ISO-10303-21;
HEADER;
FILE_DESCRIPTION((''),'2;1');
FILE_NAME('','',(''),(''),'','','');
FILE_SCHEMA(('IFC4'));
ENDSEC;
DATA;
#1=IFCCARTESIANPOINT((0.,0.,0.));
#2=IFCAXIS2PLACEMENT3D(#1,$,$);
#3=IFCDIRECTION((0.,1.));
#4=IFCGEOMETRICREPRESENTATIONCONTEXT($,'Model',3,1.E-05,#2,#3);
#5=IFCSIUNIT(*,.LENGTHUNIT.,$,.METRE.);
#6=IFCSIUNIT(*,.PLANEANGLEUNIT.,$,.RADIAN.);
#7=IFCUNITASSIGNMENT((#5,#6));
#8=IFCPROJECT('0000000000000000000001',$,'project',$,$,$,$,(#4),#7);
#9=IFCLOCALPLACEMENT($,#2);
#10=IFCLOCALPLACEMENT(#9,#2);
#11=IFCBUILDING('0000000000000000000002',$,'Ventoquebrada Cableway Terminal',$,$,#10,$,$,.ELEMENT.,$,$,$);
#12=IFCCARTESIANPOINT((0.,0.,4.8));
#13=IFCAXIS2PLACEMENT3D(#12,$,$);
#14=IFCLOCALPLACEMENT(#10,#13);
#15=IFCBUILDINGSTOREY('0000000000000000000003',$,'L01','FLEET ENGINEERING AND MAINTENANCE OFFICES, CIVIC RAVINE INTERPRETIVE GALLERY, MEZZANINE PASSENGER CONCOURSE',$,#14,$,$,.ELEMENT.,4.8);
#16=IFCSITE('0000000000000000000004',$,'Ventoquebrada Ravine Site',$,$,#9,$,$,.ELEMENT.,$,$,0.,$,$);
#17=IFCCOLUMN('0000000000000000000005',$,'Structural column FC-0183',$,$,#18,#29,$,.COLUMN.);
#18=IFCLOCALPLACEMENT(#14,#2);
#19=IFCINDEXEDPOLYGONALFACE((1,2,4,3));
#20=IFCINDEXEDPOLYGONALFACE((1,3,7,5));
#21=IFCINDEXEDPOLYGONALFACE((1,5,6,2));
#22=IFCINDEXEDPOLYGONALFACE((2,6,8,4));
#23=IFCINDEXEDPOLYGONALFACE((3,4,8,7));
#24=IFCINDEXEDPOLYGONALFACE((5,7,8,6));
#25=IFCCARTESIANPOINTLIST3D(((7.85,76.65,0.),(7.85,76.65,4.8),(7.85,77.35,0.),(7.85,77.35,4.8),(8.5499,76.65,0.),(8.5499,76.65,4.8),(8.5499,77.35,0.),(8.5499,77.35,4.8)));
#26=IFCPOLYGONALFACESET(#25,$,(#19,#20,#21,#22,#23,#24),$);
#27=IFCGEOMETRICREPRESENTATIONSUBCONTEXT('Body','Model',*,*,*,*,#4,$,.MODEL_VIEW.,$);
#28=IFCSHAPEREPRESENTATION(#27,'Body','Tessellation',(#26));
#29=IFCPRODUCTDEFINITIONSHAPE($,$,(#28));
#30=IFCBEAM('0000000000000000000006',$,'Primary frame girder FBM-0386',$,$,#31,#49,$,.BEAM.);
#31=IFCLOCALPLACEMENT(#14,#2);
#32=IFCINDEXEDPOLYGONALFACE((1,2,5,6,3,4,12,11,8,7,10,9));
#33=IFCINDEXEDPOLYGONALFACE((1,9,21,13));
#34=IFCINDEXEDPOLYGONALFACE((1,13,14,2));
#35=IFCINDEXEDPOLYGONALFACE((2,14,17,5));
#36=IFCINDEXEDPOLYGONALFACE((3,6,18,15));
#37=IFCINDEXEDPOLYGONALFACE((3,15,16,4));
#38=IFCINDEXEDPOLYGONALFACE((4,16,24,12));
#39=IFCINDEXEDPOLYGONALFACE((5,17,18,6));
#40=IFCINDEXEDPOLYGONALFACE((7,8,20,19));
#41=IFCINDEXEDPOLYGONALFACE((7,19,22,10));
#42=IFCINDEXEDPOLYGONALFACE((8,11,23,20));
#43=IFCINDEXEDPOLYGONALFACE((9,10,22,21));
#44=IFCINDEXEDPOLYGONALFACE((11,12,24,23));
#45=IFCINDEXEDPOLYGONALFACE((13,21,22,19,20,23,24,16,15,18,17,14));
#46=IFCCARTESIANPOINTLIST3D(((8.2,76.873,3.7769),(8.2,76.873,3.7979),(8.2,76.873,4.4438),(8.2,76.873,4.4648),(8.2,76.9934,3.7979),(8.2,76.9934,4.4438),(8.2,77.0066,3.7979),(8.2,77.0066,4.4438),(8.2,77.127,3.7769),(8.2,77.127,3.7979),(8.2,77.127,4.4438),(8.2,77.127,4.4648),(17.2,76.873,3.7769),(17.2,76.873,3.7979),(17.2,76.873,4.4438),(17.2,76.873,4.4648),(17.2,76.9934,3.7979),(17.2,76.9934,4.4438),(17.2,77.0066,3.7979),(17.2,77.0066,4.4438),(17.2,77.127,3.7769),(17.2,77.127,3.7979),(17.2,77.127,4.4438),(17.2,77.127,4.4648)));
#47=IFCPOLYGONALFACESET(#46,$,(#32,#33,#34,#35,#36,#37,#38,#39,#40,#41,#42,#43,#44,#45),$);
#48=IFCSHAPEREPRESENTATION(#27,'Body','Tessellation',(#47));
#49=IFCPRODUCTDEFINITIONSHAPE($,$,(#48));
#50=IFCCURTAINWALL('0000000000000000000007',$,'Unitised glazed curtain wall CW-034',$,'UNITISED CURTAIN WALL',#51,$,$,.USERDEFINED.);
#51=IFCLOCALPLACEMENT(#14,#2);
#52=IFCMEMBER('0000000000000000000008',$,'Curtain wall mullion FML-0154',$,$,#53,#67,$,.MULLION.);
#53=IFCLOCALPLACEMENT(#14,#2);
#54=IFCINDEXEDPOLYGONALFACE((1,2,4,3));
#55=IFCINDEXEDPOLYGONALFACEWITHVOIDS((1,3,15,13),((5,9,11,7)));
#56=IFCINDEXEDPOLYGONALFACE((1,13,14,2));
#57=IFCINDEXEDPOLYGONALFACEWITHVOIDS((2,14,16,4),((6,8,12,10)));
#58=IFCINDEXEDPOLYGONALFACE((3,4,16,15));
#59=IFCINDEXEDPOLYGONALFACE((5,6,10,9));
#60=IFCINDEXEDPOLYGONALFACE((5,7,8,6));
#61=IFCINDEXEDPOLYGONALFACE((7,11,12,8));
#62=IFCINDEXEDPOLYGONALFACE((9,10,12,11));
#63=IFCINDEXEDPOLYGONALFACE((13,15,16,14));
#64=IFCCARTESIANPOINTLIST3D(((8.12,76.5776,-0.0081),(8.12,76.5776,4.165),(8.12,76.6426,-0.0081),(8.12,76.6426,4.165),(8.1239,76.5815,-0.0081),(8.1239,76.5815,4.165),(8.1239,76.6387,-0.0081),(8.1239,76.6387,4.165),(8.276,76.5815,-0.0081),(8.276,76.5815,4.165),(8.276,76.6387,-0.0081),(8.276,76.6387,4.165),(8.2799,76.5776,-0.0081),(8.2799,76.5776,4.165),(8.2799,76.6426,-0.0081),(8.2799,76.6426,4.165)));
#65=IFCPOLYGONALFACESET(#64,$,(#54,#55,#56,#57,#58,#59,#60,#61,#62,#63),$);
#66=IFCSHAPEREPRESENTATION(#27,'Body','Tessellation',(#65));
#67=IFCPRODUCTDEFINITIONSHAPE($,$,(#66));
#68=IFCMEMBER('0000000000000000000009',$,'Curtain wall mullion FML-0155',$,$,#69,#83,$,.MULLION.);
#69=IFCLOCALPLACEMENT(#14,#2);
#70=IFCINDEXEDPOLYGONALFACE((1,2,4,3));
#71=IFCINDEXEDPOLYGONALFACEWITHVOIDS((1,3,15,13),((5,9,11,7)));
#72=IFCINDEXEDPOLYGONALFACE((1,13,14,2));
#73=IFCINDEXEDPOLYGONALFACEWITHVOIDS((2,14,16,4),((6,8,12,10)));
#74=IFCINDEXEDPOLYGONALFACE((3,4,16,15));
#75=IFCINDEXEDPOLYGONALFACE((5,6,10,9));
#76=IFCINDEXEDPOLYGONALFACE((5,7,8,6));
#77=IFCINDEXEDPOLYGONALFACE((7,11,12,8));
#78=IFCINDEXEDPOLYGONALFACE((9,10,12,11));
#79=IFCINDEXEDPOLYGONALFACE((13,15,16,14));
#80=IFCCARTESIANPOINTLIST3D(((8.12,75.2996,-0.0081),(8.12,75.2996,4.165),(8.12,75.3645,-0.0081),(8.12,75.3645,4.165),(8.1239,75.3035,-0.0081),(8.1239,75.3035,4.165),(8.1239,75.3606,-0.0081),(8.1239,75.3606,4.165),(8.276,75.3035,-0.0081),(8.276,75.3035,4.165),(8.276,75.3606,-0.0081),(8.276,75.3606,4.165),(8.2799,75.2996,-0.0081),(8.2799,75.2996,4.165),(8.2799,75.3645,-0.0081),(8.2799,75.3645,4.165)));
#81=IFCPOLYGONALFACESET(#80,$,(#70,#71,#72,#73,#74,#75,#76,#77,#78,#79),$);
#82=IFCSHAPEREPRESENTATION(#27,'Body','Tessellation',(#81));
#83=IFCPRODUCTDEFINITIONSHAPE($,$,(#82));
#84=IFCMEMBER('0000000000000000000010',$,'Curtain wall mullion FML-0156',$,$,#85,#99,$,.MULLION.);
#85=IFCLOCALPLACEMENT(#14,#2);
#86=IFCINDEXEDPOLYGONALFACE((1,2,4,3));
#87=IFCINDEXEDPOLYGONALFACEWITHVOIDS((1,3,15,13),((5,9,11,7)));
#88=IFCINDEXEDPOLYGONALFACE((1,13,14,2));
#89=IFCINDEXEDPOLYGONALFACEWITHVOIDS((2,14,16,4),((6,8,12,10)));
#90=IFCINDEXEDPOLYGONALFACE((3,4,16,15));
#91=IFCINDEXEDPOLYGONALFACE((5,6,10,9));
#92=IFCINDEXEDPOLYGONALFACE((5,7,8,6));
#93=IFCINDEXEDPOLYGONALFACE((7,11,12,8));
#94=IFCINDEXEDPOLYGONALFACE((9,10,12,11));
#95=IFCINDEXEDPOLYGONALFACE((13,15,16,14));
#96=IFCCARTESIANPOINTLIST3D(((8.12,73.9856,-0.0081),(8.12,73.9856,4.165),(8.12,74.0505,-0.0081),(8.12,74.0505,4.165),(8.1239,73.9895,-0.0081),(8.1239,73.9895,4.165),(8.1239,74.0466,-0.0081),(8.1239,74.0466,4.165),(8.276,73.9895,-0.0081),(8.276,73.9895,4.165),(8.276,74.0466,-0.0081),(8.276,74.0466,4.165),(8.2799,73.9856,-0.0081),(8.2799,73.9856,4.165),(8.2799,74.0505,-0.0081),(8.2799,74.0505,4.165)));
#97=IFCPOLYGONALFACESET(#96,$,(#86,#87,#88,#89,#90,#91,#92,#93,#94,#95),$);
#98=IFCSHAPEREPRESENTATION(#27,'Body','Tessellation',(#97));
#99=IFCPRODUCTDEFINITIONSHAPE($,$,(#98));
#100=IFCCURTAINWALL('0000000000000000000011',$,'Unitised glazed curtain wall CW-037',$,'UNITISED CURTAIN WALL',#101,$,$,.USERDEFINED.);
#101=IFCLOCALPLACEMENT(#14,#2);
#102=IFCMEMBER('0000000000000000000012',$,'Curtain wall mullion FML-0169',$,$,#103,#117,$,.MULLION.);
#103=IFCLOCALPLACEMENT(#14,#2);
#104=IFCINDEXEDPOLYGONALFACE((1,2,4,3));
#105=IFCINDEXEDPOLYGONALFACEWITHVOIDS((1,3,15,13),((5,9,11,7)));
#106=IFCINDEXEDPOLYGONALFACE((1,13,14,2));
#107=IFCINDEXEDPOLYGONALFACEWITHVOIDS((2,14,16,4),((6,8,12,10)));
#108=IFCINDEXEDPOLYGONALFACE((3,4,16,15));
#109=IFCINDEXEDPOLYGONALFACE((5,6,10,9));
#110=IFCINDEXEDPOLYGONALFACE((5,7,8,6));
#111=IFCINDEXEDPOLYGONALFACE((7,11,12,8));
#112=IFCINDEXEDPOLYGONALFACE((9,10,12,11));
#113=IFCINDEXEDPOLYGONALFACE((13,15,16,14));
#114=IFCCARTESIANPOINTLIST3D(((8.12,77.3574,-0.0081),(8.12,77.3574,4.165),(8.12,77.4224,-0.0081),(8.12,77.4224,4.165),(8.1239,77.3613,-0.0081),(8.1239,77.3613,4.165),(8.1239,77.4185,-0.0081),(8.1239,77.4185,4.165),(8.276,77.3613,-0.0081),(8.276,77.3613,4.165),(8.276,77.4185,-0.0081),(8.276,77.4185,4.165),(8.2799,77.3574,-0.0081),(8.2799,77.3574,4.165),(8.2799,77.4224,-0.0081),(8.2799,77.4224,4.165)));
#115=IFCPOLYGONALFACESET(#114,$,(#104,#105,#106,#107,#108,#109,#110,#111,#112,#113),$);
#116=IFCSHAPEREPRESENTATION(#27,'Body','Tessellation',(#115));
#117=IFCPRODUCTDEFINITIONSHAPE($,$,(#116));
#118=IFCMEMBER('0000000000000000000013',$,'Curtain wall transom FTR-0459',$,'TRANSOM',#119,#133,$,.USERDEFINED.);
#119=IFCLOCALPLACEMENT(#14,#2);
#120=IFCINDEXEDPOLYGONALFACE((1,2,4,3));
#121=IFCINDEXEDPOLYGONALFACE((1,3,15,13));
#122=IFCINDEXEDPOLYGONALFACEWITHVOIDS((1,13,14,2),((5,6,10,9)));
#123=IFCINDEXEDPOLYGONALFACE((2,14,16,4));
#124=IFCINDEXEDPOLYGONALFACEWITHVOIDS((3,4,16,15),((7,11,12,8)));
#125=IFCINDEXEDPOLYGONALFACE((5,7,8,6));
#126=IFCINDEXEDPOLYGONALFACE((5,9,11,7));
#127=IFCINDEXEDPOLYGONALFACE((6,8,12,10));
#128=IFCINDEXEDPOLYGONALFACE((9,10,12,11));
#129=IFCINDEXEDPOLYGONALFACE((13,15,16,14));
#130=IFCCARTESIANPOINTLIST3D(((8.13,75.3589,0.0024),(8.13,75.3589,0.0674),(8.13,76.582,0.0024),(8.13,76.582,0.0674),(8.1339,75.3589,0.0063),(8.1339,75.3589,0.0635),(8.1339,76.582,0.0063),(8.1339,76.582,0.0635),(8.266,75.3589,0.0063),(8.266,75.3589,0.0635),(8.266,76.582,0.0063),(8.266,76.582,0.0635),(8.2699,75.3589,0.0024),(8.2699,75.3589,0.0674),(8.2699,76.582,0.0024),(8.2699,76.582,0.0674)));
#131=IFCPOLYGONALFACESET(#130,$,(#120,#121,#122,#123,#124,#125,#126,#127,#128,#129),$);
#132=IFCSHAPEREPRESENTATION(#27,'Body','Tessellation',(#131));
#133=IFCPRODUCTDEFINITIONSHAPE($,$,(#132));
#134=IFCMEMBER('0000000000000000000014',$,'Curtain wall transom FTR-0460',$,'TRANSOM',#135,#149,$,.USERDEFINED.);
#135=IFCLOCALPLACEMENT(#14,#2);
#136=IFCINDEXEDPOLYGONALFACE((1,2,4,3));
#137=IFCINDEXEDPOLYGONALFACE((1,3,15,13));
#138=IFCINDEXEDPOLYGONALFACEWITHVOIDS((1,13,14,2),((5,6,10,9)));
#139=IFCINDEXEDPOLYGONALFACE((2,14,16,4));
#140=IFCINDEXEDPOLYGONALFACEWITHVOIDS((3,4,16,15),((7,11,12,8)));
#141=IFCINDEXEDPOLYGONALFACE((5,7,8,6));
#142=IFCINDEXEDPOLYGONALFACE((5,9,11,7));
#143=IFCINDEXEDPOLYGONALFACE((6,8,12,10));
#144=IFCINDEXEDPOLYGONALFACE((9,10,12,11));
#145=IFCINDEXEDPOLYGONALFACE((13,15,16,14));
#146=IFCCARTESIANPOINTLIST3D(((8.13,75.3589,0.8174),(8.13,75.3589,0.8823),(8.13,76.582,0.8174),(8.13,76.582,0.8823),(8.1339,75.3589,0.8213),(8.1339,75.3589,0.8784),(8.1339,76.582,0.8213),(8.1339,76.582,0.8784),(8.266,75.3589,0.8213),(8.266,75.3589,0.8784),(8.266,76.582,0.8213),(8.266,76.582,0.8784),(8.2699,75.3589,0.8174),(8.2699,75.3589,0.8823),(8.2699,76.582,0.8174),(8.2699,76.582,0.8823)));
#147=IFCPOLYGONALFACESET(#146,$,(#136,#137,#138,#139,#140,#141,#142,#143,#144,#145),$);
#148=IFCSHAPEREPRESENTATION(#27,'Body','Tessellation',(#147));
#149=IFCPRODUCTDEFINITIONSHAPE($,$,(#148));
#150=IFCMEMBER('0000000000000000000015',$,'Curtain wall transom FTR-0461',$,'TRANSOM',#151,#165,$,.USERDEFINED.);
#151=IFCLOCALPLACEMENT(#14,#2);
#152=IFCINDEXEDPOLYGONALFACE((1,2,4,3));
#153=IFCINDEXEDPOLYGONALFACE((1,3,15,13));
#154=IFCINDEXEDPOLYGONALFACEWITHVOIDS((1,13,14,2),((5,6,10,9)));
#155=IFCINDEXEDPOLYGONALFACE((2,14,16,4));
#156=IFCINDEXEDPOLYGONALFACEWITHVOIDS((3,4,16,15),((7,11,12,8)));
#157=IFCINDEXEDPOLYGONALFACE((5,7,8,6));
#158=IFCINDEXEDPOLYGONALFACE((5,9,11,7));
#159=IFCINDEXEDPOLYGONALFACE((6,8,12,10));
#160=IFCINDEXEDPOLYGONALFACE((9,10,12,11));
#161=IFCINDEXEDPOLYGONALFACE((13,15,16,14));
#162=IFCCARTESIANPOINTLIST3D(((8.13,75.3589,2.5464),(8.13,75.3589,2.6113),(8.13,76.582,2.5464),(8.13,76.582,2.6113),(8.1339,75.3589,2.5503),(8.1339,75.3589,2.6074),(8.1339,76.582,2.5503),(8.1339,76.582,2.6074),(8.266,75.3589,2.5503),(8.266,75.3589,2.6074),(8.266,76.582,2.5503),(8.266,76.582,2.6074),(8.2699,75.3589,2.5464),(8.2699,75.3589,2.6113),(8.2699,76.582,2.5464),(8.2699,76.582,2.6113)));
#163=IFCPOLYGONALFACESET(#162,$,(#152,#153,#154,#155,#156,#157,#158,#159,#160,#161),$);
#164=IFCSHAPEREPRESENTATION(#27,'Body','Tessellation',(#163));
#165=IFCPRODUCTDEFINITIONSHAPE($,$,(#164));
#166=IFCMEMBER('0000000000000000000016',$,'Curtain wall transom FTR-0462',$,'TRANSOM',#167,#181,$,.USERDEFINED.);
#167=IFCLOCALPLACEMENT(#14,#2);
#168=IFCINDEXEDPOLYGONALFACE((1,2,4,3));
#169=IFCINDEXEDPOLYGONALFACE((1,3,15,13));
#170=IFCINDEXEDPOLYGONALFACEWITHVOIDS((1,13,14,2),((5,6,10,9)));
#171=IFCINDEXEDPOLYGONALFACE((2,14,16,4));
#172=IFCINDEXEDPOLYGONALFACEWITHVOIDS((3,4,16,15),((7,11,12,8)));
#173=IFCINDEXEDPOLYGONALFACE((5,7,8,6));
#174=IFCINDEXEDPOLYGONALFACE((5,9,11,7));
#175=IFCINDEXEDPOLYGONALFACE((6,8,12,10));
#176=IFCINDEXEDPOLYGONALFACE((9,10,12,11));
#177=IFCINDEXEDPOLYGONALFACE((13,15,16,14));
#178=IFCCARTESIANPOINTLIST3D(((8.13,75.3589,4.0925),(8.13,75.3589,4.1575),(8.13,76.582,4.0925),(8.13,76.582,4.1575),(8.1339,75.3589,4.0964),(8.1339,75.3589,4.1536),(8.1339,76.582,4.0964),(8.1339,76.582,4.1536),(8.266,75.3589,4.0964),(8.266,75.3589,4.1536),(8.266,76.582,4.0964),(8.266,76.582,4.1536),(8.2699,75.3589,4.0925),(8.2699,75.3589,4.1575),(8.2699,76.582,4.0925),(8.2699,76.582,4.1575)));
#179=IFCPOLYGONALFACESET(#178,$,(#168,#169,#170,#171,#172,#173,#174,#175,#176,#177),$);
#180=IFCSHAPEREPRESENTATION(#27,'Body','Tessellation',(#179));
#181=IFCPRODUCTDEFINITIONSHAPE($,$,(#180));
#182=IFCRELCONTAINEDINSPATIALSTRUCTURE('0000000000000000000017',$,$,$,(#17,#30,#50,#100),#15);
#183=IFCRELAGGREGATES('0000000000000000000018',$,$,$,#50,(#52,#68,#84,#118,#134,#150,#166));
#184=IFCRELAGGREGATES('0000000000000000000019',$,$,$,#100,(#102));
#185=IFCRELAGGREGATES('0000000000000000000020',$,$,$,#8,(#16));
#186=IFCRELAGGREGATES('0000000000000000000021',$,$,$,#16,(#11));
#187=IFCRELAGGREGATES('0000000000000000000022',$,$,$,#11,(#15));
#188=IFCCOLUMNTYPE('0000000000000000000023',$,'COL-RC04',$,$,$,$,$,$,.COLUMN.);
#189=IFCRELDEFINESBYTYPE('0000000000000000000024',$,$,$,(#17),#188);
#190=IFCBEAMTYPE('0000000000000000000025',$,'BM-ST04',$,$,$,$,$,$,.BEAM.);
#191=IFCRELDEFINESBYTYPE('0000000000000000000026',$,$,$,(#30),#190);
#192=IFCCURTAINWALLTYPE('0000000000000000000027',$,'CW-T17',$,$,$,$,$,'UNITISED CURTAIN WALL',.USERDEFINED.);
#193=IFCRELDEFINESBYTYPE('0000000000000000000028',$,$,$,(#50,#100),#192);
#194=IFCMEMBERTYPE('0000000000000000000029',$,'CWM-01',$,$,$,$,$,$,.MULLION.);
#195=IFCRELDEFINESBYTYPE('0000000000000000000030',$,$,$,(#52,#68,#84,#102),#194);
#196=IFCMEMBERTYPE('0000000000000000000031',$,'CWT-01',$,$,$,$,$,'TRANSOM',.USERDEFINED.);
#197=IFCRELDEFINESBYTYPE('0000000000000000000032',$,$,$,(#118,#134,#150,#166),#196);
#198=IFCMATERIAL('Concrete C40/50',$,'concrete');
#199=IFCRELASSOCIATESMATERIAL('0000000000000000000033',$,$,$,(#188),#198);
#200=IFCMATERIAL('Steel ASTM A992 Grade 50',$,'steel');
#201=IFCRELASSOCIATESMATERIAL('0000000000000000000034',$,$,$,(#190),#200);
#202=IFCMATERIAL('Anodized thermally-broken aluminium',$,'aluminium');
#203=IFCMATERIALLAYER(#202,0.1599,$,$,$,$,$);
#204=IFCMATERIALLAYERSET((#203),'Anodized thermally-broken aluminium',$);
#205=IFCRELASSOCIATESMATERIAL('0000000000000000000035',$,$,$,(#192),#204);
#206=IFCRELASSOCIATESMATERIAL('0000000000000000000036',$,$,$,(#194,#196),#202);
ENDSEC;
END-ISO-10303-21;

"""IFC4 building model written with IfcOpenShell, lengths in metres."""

from ifc_helpers import new_model, si_unit, direction, frame, origin, origin_2d, place, context, subcontext, project, spatial, rectangle, hollow_rectangle, i_section, extrude, material, layer, layer_set, material_profile, profile_set, type_object, element, aggregate, save


model = new_model("IFC4")

# Units and contexts
model_context = context("Model", 3, precision=1e-05, world=origin(), true_north=direction((0.0, 1.0)))
body_context = subcontext(model_context, "Body", "Model", "MODEL_VIEW")
ifc_project = project(units=[si_unit("LENGTHUNIT", "METRE"), si_unit("PLANEANGLEUNIT", "RADIAN")], contexts=[model_context])

# Site, building, storey
site_placement = place(None, origin())
site = spatial("IfcSite", under=ifc_project, at=site_placement, Name="Ventoquebrada Ravine Site", CompositionType="ELEMENT", RefElevation=0.0)
building_placement = place(site_placement, origin())
building = spatial("IfcBuilding", under=site, at=building_placement, Name="Ventoquebrada Cableway Terminal", CompositionType="ELEMENT")
storey_placement = place(building_placement, frame((0.0, 0.0, 4.8)))
storey = spatial("IfcBuildingStorey", under=building, at=storey_placement, Name="L01", Description="FLEET ENGINEERING AND MAINTENANCE OFFICES, CIVIC RAVINE INTERPRETIVE GALLERY, MEZZANINE PASSENGER CONCOURSE", CompositionType="ELEMENT", Elevation=4.8)

# Column
ifc_material_1 = material(Name="Concrete C40/50", Category="concrete")
ifc_material_profile_1 = material_profile(ifc_material_1, rectangle(XDim=0.7, YDim=0.7, at=origin_2d()), Name="RC-COL-700X700")
ifc_profile_set_1 = profile_set([ifc_material_profile_1], Name="Concrete C40/50")
column_type = type_object("IfcColumnType", Name="COL-RC04", PredefinedType="COLUMN", material=ifc_profile_set_1)
column_placement = place(storey_placement, frame((8.2, 77.0, 0.0), z_axis=(0.0, 0.0, 1.0), x_axis=(1.0, 0.0, 0.0)))
element("IfcColumn", 1, at=column_placement, inside=storey, type_object=column_type, Name="Structural column FC-0183", PredefinedType="COLUMN", context=body_context, shape_type="SweptSolid", body=[
    extrude(rectangle(XDim=0.7, YDim=0.7, at=origin_2d()), origin(), (0.0, 0.0, 1.0), 4.8),
])

# Beam
ifc_material_2 = material(Name="Steel ASTM A992 Grade 50", Category="steel")
ifc_material_profile_2 = material_profile(ifc_material_2, i_section(OverallWidth=0.2539, OverallDepth=0.688, WebThickness=0.0132, FlangeThickness=0.021, at=origin_2d()), Name="W27X102")
ifc_profile_set_2 = profile_set([ifc_material_profile_2], Name="Steel ASTM A992 Grade 50")
beam_type_1 = type_object("IfcBeamType", Name="BM-ST04", PredefinedType="BEAM", material=ifc_profile_set_2)
beam_1_placement = place(storey_placement, frame((8.2, 77.0, 4.1208), z_axis=(1.0, 0.0, 0.0), x_axis=(0.0, 1.0, 0.0)))
element("IfcBeam", 2, at=beam_1_placement, inside=storey, type_object=beam_type_1, Name="Primary frame girder FBM-0386", PredefinedType="BEAM", context=body_context, shape_type="SweptSolid", body=[
    extrude(i_section(OverallWidth=0.2539, OverallDepth=0.688, WebThickness=0.0132, FlangeThickness=0.021, at=origin_2d()), origin(), (0.0, 0.0, 1.0), 9.0),
])

# Curtain wall, members
ifc_material_3 = material(Name="Anodized thermally-broken aluminium", Category="aluminium")
ifc_layer_1 = layer(ifc_material_3, 0.1599)
ifc_layer_set_1 = layer_set([ifc_layer_1], Name="Anodized thermally-broken aluminium")
curtain_wall_type = type_object("IfcCurtainWallType", Name="CW-T17", ElementType="UNITISED CURTAIN WALL", PredefinedType="USERDEFINED", material=ifc_layer_set_1)
curtain_wall_1_placement = place(storey_placement, origin())
curtain_wall_1 = element("IfcCurtainWall", 3, at=curtain_wall_1_placement, inside=storey, type_object=curtain_wall_type, Name="Unitised glazed curtain wall CW-034", ObjectType="UNITISED CURTAIN WALL", PredefinedType="USERDEFINED")
ifc_material_profile_3 = material_profile(ifc_material_3, hollow_rectangle(XDim=0.0649, YDim=0.1599, WallThickness=0.0039, at=origin_2d()), Name="CW-MUL-65X160")
ifc_profile_set_3 = profile_set([ifc_material_profile_3], Name="Anodized thermally-broken aluminium")
member_type_1 = type_object("IfcMemberType", Name="CWM-01", PredefinedType="MULLION", material=ifc_profile_set_3)
member_1_placement = place(storey_placement, frame((8.2, 76.6101, -0.0081), z_axis=(0.0, 0.0, 1.0), x_axis=(0.0, -1.0, 0.0)))
member_1 = element("IfcMember", 4, at=member_1_placement, type_object=member_type_1, Name="Curtain wall mullion FML-0154", PredefinedType="MULLION", context=body_context, shape_type="SweptSolid", body=[
    extrude(hollow_rectangle(XDim=0.0649, YDim=0.1599, WallThickness=0.0039, at=origin_2d()), origin(), (0.0, 0.0, 1.0), 4.1731),
])
member_2_placement = place(storey_placement, frame((8.2, 75.332, -0.0081), z_axis=(0.0, 0.0, 1.0), x_axis=(0.0, -1.0, 0.0)))
member_2 = element("IfcMember", 5, at=member_2_placement, type_object=member_type_1, Name="Curtain wall mullion FML-0155", PredefinedType="MULLION", context=body_context, shape_type="SweptSolid", body=[
    extrude(hollow_rectangle(XDim=0.0649, YDim=0.1599, WallThickness=0.0039, at=origin_2d()), origin(), (0.0, 0.0, 1.0), 4.1731),
])
member_3_placement = place(storey_placement, frame((8.2, 74.0181, -0.0081), z_axis=(0.0, 0.0, 1.0), x_axis=(0.0, -1.0, 0.0)))
member_3 = element("IfcMember", 6, at=member_3_placement, type_object=member_type_1, Name="Curtain wall mullion FML-0156", PredefinedType="MULLION", context=body_context, shape_type="SweptSolid", body=[
    extrude(hollow_rectangle(XDim=0.0649, YDim=0.1599, WallThickness=0.0039, at=origin_2d()), origin(), (0.0, 0.0, 1.0), 4.1731),
])

# Curtain wall, member
curtain_wall_2_placement = place(storey_placement, origin())
curtain_wall_2 = element("IfcCurtainWall", 7, at=curtain_wall_2_placement, inside=storey, type_object=curtain_wall_type, Name="Unitised glazed curtain wall CW-037", ObjectType="UNITISED CURTAIN WALL", PredefinedType="USERDEFINED")
member_4_placement = place(storey_placement, frame((8.2, 77.3899, -0.0081), z_axis=(0.0, 0.0, 1.0), x_axis=(0.0, -1.0, 0.0)))
member_4 = element("IfcMember", 8, at=member_4_placement, type_object=member_type_1, Name="Curtain wall mullion FML-0169", PredefinedType="MULLION", context=body_context, shape_type="SweptSolid", body=[
    extrude(hollow_rectangle(XDim=0.0649, YDim=0.1599, WallThickness=0.0039, at=origin_2d()), origin(), (0.0, 0.0, 1.0), 4.1731),
])

# Members
ifc_material_profile_4 = material_profile(ifc_material_3, hollow_rectangle(XDim=0.0649, YDim=0.1399, WallThickness=0.0039, at=origin_2d()), Name="CW-TRN-65X140")
ifc_profile_set_4 = profile_set([ifc_material_profile_4], Name="Anodized thermally-broken aluminium")
member_type_2 = type_object("IfcMemberType", Name="CWT-01", ElementType="TRANSOM", PredefinedType="USERDEFINED", material=ifc_profile_set_4)
member_5_placement = place(storey_placement, frame((8.2, 76.582, 0.0349), z_axis=(0.0, -1.0, 0.0), x_axis=(0.0, 0.0, 1.0)))
member_5 = element("IfcMember", 9, at=member_5_placement, type_object=member_type_2, Name="Curtain wall transom FTR-0459", ObjectType="TRANSOM", PredefinedType="USERDEFINED", context=body_context, shape_type="SweptSolid", body=[
    extrude(hollow_rectangle(XDim=0.0649, YDim=0.1399, WallThickness=0.0039, at=origin_2d()), origin(), (0.0, 0.0, 1.0), 1.2231),
])
member_6_placement = place(storey_placement, frame((8.2, 76.582, 0.8499), z_axis=(0.0, -1.0, 0.0), x_axis=(0.0, 0.0, 1.0)))
member_6 = element("IfcMember", 10, at=member_6_placement, type_object=member_type_2, Name="Curtain wall transom FTR-0460", ObjectType="TRANSOM", PredefinedType="USERDEFINED", context=body_context, shape_type="SweptSolid", body=[
    extrude(hollow_rectangle(XDim=0.0649, YDim=0.1399, WallThickness=0.0039, at=origin_2d()), origin(), (0.0, 0.0, 1.0), 1.2231),
])
member_7_placement = place(storey_placement, frame((8.2, 76.582, 2.5789), z_axis=(0.0, -1.0, 0.0), x_axis=(0.0, 0.0, 1.0)))
member_7 = element("IfcMember", 11, at=member_7_placement, type_object=member_type_2, Name="Curtain wall transom FTR-0461", ObjectType="TRANSOM", PredefinedType="USERDEFINED", context=body_context, shape_type="SweptSolid", body=[
    extrude(hollow_rectangle(XDim=0.0649, YDim=0.1399, WallThickness=0.0039, at=origin_2d()), origin(), (0.0, 0.0, 1.0), 1.2231),
])
member_8_placement = place(storey_placement, frame((8.2, 76.582, 4.125), z_axis=(0.0, -1.0, 0.0), x_axis=(0.0, 0.0, 1.0)))
member_8 = element("IfcMember", 12, at=member_8_placement, type_object=member_type_2, Name="Curtain wall transom FTR-0462", ObjectType="TRANSOM", PredefinedType="USERDEFINED", context=body_context, shape_type="SweptSolid", body=[
    extrude(hollow_rectangle(XDim=0.0649, YDim=0.1399, WallThickness=0.0039, at=origin_2d()), origin(), (0.0, 0.0, 1.0), 1.2231),
])

aggregate(curtain_wall_1, [member_1, member_2, member_3, member_5, member_6, member_7, member_8])
aggregate(curtain_wall_2, [member_4])

save(model, "model.ifc")
